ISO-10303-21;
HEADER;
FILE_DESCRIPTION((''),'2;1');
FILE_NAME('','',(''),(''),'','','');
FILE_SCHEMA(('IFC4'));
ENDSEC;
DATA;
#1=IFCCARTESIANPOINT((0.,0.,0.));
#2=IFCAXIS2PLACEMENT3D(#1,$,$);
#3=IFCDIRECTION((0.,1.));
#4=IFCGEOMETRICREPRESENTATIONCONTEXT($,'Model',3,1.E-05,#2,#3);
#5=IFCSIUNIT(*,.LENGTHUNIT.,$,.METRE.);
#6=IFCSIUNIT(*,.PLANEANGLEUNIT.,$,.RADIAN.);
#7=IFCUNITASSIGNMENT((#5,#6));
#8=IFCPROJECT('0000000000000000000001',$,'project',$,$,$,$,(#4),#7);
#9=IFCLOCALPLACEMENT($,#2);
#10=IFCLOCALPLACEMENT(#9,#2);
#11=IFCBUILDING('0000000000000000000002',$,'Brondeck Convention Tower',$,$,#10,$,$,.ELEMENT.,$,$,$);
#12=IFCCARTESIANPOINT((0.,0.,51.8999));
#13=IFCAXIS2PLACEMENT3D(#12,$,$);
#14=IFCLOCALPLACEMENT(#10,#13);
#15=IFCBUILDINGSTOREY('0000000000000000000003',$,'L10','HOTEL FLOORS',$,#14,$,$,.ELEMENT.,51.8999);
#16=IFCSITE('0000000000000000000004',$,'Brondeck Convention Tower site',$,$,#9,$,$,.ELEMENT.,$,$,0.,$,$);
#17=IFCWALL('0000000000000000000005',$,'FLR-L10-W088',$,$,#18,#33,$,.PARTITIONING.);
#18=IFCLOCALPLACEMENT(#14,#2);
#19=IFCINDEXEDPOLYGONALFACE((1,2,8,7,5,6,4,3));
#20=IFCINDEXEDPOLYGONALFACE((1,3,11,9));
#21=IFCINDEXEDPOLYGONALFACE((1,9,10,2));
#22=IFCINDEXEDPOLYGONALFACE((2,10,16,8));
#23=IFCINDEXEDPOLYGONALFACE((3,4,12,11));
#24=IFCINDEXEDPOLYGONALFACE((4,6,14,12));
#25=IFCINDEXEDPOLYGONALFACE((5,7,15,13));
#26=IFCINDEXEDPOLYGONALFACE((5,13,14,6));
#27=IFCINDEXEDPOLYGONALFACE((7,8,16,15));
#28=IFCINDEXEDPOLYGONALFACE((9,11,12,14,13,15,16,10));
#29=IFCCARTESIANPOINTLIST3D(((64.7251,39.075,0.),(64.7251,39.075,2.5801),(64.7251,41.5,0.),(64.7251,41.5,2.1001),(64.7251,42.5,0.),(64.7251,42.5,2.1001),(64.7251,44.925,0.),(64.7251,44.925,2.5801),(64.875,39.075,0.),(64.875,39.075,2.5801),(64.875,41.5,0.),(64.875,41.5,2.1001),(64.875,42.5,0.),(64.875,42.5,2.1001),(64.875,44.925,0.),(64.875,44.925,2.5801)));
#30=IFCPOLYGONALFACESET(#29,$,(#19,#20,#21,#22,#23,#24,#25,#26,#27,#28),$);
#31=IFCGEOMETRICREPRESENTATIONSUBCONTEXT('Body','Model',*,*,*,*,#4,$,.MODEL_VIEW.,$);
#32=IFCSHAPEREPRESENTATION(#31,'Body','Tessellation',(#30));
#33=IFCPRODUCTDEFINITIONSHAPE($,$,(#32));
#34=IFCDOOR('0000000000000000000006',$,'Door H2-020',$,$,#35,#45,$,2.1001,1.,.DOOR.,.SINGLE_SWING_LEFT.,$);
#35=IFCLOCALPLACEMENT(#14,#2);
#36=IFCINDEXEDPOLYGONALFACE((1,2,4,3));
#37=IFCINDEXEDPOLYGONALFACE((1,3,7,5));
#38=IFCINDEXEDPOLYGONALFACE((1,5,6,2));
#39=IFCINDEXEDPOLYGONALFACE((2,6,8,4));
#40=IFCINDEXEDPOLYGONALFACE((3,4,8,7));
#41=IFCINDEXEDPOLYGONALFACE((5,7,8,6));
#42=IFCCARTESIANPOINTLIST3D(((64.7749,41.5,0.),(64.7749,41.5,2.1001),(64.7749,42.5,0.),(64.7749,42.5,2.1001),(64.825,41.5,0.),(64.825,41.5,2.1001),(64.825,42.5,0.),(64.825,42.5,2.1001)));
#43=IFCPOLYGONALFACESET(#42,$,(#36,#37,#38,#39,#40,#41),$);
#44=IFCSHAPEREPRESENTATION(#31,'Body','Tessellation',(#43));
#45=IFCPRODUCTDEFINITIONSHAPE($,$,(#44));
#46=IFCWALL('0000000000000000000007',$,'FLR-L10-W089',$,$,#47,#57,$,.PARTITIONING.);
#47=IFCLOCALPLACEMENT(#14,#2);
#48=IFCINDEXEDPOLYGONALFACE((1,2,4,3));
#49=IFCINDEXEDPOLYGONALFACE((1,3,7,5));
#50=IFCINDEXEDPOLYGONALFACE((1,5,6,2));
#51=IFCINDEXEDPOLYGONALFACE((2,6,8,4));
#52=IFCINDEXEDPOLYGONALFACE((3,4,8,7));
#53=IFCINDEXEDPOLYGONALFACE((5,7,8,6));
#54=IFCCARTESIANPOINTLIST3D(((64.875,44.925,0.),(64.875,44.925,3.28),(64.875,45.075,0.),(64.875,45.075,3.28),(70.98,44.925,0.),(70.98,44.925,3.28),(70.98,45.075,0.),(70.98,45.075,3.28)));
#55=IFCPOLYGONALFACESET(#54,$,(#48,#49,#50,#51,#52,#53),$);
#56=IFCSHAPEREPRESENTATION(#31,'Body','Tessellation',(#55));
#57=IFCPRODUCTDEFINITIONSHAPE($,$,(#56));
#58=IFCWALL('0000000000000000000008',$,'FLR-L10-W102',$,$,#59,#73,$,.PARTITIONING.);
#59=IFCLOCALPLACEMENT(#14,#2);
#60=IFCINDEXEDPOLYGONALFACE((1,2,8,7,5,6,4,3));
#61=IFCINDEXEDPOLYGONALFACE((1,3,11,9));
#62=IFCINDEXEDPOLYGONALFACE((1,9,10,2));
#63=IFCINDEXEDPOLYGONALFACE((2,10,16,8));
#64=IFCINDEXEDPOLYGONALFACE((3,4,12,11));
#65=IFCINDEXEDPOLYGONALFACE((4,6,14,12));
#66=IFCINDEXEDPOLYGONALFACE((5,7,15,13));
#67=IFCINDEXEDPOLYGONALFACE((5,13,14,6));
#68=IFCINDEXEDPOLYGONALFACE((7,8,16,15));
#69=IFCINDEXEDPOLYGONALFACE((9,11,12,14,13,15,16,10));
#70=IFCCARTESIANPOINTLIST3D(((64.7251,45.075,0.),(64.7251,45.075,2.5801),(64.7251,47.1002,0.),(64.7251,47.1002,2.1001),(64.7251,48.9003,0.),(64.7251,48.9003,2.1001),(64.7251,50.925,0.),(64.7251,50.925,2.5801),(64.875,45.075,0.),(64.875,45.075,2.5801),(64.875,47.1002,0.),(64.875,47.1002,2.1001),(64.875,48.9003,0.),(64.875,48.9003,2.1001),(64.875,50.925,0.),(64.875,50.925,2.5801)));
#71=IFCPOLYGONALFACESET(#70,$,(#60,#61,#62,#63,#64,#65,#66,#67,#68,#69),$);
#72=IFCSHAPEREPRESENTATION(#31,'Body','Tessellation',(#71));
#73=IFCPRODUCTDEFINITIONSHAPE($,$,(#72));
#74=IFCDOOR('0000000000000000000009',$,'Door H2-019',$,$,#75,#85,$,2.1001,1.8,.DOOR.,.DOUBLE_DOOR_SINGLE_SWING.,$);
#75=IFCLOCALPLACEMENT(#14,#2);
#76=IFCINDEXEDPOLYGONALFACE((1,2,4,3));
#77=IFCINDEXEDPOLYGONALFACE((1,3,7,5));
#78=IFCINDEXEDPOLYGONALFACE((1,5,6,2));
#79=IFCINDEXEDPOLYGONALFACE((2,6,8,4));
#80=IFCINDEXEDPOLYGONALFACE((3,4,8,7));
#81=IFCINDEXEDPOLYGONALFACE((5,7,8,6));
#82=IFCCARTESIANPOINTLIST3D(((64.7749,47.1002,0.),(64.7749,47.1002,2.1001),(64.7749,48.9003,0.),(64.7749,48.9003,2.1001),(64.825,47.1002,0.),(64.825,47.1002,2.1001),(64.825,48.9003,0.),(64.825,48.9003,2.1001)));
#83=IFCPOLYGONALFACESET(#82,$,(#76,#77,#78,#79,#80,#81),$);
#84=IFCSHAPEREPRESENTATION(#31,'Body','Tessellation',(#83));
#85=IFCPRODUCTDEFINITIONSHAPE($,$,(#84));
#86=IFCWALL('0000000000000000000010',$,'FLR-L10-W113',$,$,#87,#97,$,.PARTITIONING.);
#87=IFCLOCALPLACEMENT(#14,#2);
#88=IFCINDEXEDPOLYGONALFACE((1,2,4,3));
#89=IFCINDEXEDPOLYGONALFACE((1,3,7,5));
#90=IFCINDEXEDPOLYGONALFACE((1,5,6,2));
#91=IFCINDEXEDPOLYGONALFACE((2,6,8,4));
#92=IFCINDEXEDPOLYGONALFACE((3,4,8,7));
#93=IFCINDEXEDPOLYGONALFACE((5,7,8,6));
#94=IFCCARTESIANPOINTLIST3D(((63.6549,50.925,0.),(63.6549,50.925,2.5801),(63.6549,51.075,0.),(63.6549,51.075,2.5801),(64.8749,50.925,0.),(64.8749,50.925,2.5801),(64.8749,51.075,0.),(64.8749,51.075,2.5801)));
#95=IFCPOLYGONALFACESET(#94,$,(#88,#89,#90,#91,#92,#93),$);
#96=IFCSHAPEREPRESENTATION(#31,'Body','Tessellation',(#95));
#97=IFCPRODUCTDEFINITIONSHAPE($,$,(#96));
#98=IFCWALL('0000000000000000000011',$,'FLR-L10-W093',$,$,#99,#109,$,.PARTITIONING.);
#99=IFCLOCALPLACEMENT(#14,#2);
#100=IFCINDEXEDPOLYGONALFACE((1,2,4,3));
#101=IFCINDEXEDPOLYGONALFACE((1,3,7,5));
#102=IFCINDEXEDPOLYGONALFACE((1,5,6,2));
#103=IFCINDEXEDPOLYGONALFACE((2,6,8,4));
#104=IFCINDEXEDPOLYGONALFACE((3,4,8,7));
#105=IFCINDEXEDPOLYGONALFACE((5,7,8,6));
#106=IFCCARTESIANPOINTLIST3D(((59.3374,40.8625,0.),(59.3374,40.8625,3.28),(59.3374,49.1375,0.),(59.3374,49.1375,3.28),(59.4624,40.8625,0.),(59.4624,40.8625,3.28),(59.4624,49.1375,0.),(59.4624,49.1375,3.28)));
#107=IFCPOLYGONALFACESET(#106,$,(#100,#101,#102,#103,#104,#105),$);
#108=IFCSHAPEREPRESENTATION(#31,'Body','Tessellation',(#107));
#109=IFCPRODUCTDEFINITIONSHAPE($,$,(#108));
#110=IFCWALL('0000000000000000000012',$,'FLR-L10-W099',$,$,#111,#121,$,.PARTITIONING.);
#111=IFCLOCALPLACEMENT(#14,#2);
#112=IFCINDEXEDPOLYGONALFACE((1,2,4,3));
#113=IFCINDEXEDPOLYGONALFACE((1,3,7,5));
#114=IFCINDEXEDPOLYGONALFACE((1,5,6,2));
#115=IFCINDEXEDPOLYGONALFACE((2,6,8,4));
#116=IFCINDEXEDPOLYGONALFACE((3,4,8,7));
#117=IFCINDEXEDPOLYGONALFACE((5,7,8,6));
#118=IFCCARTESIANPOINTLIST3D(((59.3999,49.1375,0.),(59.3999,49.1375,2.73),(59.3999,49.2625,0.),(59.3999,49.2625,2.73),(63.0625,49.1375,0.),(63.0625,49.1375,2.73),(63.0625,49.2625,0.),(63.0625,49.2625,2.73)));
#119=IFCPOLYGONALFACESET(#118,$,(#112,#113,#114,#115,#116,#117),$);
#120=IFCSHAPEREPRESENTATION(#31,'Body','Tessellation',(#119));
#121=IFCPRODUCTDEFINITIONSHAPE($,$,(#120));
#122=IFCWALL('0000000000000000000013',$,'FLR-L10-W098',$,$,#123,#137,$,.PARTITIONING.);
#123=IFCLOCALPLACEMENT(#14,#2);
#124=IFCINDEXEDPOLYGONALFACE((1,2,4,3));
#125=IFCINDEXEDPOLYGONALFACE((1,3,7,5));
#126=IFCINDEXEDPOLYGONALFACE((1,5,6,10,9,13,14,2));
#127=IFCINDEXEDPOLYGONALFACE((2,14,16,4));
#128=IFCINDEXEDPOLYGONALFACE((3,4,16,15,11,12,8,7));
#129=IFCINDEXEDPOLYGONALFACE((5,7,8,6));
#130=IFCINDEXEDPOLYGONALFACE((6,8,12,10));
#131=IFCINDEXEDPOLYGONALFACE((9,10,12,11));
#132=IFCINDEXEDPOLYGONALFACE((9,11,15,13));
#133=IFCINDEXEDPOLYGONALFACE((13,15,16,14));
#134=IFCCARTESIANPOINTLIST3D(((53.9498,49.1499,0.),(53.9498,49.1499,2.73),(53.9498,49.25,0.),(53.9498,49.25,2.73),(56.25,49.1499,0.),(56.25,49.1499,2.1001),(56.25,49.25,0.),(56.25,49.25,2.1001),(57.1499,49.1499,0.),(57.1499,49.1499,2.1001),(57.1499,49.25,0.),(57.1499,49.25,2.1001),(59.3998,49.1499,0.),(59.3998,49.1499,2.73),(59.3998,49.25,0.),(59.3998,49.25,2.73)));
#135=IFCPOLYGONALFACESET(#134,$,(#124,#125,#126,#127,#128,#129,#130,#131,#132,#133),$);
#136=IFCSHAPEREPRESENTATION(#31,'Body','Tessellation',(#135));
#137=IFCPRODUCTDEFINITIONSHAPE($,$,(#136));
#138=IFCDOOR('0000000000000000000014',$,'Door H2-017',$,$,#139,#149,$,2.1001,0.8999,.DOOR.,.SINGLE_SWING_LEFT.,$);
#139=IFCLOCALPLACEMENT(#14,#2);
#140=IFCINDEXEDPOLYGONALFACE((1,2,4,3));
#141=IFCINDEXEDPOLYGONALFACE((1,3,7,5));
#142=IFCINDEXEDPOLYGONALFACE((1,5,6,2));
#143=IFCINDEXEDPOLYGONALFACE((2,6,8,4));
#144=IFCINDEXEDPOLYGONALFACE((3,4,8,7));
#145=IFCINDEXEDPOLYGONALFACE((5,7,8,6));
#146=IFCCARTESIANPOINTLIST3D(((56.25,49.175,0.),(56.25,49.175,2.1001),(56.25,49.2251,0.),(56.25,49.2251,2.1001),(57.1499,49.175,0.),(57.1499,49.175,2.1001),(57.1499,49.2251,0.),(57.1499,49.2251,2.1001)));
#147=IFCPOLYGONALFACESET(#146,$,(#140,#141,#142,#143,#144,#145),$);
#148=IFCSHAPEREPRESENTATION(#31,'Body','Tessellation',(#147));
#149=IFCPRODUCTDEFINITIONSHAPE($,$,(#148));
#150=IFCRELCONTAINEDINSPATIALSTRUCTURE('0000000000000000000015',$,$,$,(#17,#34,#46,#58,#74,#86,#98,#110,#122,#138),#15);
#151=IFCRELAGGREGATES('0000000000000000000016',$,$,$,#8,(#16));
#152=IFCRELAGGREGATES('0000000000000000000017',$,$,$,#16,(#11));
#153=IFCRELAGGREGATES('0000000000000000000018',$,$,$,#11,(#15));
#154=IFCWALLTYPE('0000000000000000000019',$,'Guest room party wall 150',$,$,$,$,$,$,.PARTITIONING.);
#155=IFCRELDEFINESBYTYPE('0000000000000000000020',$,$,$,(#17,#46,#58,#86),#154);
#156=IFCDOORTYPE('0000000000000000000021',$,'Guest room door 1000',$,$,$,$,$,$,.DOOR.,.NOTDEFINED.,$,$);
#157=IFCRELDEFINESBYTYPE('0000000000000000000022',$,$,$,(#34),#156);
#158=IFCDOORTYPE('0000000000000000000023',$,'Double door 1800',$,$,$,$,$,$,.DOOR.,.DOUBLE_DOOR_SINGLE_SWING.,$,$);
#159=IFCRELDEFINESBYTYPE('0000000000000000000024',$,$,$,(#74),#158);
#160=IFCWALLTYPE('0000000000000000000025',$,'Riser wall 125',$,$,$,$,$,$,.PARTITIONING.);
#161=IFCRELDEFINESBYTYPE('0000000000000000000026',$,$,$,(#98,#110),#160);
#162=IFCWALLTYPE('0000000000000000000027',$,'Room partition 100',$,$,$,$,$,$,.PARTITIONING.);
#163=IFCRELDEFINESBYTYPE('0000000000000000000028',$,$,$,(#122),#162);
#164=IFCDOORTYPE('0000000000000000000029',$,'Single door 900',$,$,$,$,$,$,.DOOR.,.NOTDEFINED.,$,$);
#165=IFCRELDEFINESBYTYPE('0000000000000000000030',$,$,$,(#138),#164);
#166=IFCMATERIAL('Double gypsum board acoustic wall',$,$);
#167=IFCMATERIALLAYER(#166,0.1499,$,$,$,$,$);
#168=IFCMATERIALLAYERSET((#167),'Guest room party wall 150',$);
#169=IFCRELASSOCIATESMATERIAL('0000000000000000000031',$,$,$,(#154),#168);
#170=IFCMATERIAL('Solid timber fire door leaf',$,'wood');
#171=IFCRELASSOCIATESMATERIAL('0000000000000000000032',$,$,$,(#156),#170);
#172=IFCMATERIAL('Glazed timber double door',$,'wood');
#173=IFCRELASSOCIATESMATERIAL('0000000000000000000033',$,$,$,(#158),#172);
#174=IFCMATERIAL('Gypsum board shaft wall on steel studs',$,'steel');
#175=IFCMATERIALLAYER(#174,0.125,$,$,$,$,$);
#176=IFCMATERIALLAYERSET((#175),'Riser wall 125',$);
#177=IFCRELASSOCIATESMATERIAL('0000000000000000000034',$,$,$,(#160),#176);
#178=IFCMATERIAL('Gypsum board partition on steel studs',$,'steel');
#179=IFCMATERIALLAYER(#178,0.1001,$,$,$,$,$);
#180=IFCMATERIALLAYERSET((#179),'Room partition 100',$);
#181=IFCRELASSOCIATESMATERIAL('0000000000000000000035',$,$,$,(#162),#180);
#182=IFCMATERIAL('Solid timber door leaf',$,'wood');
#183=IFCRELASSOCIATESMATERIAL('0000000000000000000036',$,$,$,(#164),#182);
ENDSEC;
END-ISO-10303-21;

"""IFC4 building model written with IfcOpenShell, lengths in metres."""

from ifc_helpers import new_model, si_unit, direction, frame, frame_2d, origin, place, context, subcontext, project, spatial, rectangle, extrude, material, layer, layer_set, type_object, element, fill, save


model = new_model("IFC4")

# Units and contexts
model_context = context("Model", 3, precision=1e-05, world=origin(), true_north=direction((0.0, 1.0)))
body_context = subcontext(model_context, "Body", "Model", "MODEL_VIEW")
ifc_project = project(units=[si_unit("LENGTHUNIT", "METRE"), si_unit("PLANEANGLEUNIT", "RADIAN")], contexts=[model_context])

# Site, building, storey
site_placement = place(None, origin())
site = spatial("IfcSite", under=ifc_project, at=site_placement, Name="Brondeck Convention Tower site", CompositionType="ELEMENT", RefElevation=0.0)
building_placement = place(site_placement, origin())
building = spatial("IfcBuilding", under=site, at=building_placement, Name="Brondeck Convention Tower", CompositionType="ELEMENT")
storey_placement = place(building_placement, frame((0.0, 0.0, 51.8999)))
storey = spatial("IfcBuildingStorey", under=building, at=storey_placement, Name="L10", Description="HOTEL FLOORS", CompositionType="ELEMENT", Elevation=51.8999)

# Wall, opening, door
ifc_material_1 = material(Name="Double gypsum board acoustic wall")
ifc_layer_1 = layer(ifc_material_1, 0.1499)
ifc_layer_set_1 = layer_set([ifc_layer_1], Name="Guest room party wall 150")
wall_type_1 = type_object("IfcWallType", Name="Guest room party wall 150", PredefinedType="PARTITIONING", material=ifc_layer_set_1)
wall_1_placement = place(storey_placement, frame((64.8, 44.925, 0.0), z_axis=(0.0, 0.0, 1.0), x_axis=(0.0, -1.0, 0.0)))
wall_1 = element("IfcWall", 1, at=wall_1_placement, inside=storey, type_object=wall_type_1, Name="FLR-L10-W088", PredefinedType="PARTITIONING", context=body_context, shape_type="SweptSolid", body=[
    extrude(rectangle(XDim=5.8501, YDim=0.1499, at=frame_2d((2.925, 0.0))), origin(), (0.0, 0.0, 1.0), 2.5801),
])
opening_1_placement = place(wall_1_placement, frame((2.425, 0.0, 0.0)))
opening_1 = element("IfcOpeningElement", 2, at=opening_1_placement, cuts=wall_1, PredefinedType="OPENING", context=body_context, shape_type="SweptSolid", body=[
    extrude(rectangle(XDim=1.0, YDim=2.1001, at=frame_2d((0.5, 1.05))), frame((0.0, 0.085, 0.0), z_axis=(0.0, -1.0, 0.0), x_axis=(1.0, 0.0, 0.0)), (0.0, 0.0, 1.0), 0.1699),
])
ifc_material_2 = material(Name="Solid timber fire door leaf", Category="wood")
door_type_1 = type_object("IfcDoorType", Name="Guest room door 1000", OperationType="NOTDEFINED", PredefinedType="DOOR", material=ifc_material_2)
door_1_placement = place(opening_1_placement, origin())
door_1 = element("IfcDoor", 3, at=door_1_placement, inside=storey, type_object=door_type_1, Name="Door H2-020", OperationType="SINGLE_SWING_LEFT", OverallHeight=2.1001, OverallWidth=1.0, PredefinedType="DOOR", context=body_context, shape_type="SweptSolid", body=[
    extrude(rectangle(XDim=1.0, YDim=2.1001, at=frame_2d((0.5, 1.05))), frame((0.0, 0.0249, 0.0), z_axis=(0.0, -1.0, 0.0), x_axis=(1.0, 0.0, 0.0)), (0.0, 0.0, 1.0), 0.05),
])
fill(opening_1, door_1)

# Wall
wall_2_placement = place(storey_placement, frame((70.98, 45.0, 0.0), z_axis=(0.0, 0.0, 1.0), x_axis=(-1.0, 0.0, 0.0)))
element("IfcWall", 4, at=wall_2_placement, inside=storey, type_object=wall_type_1, Name="FLR-L10-W089", PredefinedType="PARTITIONING", context=body_context, shape_type="SweptSolid", body=[
    extrude(rectangle(XDim=6.105, YDim=0.1499, at=frame_2d((3.0525, 0.0))), origin(), (0.0, 0.0, 1.0), 3.28),
])

# Wall, opening, door
wall_3_placement = place(storey_placement, frame((64.8, 50.925, 0.0), z_axis=(0.0, 0.0, 1.0), x_axis=(0.0, -1.0, 0.0)))
wall_3 = element("IfcWall", 5, at=wall_3_placement, inside=storey, type_object=wall_type_1, Name="FLR-L10-W102", PredefinedType="PARTITIONING", context=body_context, shape_type="SweptSolid", body=[
    extrude(rectangle(XDim=5.8501, YDim=0.1499, at=frame_2d((2.925, 0.0))), origin(), (0.0, 0.0, 1.0), 2.5801),
])
opening_2_placement = place(wall_3_placement, frame((2.0249, 0.0, 0.0)))
opening_2 = element("IfcOpeningElement", 6, at=opening_2_placement, cuts=wall_3, PredefinedType="OPENING", context=body_context, shape_type="SweptSolid", body=[
    extrude(rectangle(XDim=1.8, YDim=2.1001, at=frame_2d((0.8999, 1.05))), frame((0.0, 0.085, 0.0), z_axis=(0.0, -1.0, 0.0), x_axis=(1.0, 0.0, 0.0)), (0.0, 0.0, 1.0), 0.1699),
])
ifc_material_3 = material(Name="Glazed timber double door", Category="wood")
door_type_2 = type_object("IfcDoorType", Name="Double door 1800", OperationType="DOUBLE_DOOR_SINGLE_SWING", PredefinedType="DOOR", material=ifc_material_3)
door_2_placement = place(opening_2_placement, origin())
door_2 = element("IfcDoor", 7, at=door_2_placement, inside=storey, type_object=door_type_2, Name="Door H2-019", OperationType="DOUBLE_DOOR_SINGLE_SWING", OverallHeight=2.1001, OverallWidth=1.8, PredefinedType="DOOR", context=body_context, shape_type="SweptSolid", body=[
    extrude(rectangle(XDim=1.8, YDim=2.1001, at=frame_2d((0.8999, 1.05))), frame((0.0, 0.0249, 0.0), z_axis=(0.0, -1.0, 0.0), x_axis=(1.0, 0.0, 0.0)), (0.0, 0.0, 1.0), 0.05),
])
fill(opening_2, door_2)

# Walls
wall_4_placement = place(storey_placement, frame((63.655, 51.0, 0.0), z_axis=(0.0, 0.0, 1.0), x_axis=(1.0, 0.0, 0.0)))
element("IfcWall", 8, at=wall_4_placement, inside=storey, type_object=wall_type_1, Name="FLR-L10-W113", PredefinedType="PARTITIONING", context=body_context, shape_type="SweptSolid", body=[
    extrude(rectangle(XDim=1.22, YDim=0.1499, at=frame_2d((0.6099, 0.0))), origin(), (0.0, 0.0, 1.0), 2.5801),
])
ifc_material_4 = material(Name="Gypsum board shaft wall on steel studs", Category="steel")
ifc_layer_2 = layer(ifc_material_4, 0.125)
ifc_layer_set_2 = layer_set([ifc_layer_2], Name="Riser wall 125")
wall_type_2 = type_object("IfcWallType", Name="Riser wall 125", PredefinedType="PARTITIONING", material=ifc_layer_set_2)
wall_5_placement = place(storey_placement, frame((59.3999, 49.1375, 0.0), z_axis=(0.0, 0.0, 1.0), x_axis=(0.0, -1.0, 0.0)))
element("IfcWall", 9, at=wall_5_placement, inside=storey, type_object=wall_type_2, Name="FLR-L10-W093", PredefinedType="PARTITIONING", context=body_context, shape_type="SweptSolid", body=[
    extrude(rectangle(XDim=8.2749, YDim=0.125, at=frame_2d((4.1375, 0.0))), origin(), (0.0, 0.0, 1.0), 3.28),
])
wall_6_placement = place(storey_placement, frame((63.0625, 49.2, 0.0), z_axis=(0.0, 0.0, 1.0), x_axis=(-1.0, 0.0, 0.0)))
element("IfcWall", 10, at=wall_6_placement, inside=storey, type_object=wall_type_2, Name="FLR-L10-W099", PredefinedType="PARTITIONING", context=body_context, shape_type="SweptSolid", body=[
    extrude(rectangle(XDim=3.6626, YDim=0.125, at=frame_2d((1.8313, 0.0))), origin(), (0.0, 0.0, 1.0), 2.73),
])

# Wall, opening, door
ifc_material_5 = material(Name="Gypsum board partition on steel studs", Category="steel")
ifc_layer_3 = layer(ifc_material_5, 0.1001)
ifc_layer_set_3 = layer_set([ifc_layer_3], Name="Room partition 100")
wall_type_3 = type_object("IfcWallType", Name="Room partition 100", PredefinedType="PARTITIONING", material=ifc_layer_set_3)
wall_7_placement = place(storey_placement, frame((59.3999, 49.2, 0.0), z_axis=(0.0, 0.0, 1.0), x_axis=(-1.0, 0.0, 0.0)))
wall_7 = element("IfcWall", 11, at=wall_7_placement, inside=storey, type_object=wall_type_3, Name="FLR-L10-W098", PredefinedType="PARTITIONING", context=body_context, shape_type="SweptSolid", body=[
    extrude(rectangle(XDim=5.45, YDim=0.1001, at=frame_2d((2.7251, 0.0))), origin(), (0.0, 0.0, 1.0), 2.73),
])
opening_3_placement = place(wall_7_placement, frame((2.25, 0.0, 0.0)))
opening_3 = element("IfcOpeningElement", 12, at=opening_3_placement, cuts=wall_7, PredefinedType="OPENING", context=body_context, shape_type="SweptSolid", body=[
    extrude(rectangle(XDim=0.8999, YDim=2.1001, at=frame_2d((0.45, 1.05))), frame((0.0, 0.0601, 0.0), z_axis=(0.0, -1.0, 0.0), x_axis=(1.0, 0.0, 0.0)), (0.0, 0.0, 1.0), 0.1201),
])
ifc_material_6 = material(Name="Solid timber door leaf", Category="wood")
door_type_3 = type_object("IfcDoorType", Name="Single door 900", OperationType="NOTDEFINED", PredefinedType="DOOR", material=ifc_material_6)
door_3_placement = place(opening_3_placement, origin())
door_3 = element("IfcDoor", 13, at=door_3_placement, inside=storey, type_object=door_type_3, Name="Door H2-017", OperationType="SINGLE_SWING_LEFT", OverallHeight=2.1001, OverallWidth=0.8999, PredefinedType="DOOR", context=body_context, shape_type="SweptSolid", body=[
    extrude(rectangle(XDim=0.8999, YDim=2.1001, at=frame_2d((0.45, 1.05))), frame((0.0, 0.0249, 0.0), z_axis=(0.0, -1.0, 0.0), x_axis=(1.0, 0.0, 0.0)), (0.0, 0.0, 1.0), 0.05),
])
fill(opening_3, door_3)

save(model, "model.ifc")
